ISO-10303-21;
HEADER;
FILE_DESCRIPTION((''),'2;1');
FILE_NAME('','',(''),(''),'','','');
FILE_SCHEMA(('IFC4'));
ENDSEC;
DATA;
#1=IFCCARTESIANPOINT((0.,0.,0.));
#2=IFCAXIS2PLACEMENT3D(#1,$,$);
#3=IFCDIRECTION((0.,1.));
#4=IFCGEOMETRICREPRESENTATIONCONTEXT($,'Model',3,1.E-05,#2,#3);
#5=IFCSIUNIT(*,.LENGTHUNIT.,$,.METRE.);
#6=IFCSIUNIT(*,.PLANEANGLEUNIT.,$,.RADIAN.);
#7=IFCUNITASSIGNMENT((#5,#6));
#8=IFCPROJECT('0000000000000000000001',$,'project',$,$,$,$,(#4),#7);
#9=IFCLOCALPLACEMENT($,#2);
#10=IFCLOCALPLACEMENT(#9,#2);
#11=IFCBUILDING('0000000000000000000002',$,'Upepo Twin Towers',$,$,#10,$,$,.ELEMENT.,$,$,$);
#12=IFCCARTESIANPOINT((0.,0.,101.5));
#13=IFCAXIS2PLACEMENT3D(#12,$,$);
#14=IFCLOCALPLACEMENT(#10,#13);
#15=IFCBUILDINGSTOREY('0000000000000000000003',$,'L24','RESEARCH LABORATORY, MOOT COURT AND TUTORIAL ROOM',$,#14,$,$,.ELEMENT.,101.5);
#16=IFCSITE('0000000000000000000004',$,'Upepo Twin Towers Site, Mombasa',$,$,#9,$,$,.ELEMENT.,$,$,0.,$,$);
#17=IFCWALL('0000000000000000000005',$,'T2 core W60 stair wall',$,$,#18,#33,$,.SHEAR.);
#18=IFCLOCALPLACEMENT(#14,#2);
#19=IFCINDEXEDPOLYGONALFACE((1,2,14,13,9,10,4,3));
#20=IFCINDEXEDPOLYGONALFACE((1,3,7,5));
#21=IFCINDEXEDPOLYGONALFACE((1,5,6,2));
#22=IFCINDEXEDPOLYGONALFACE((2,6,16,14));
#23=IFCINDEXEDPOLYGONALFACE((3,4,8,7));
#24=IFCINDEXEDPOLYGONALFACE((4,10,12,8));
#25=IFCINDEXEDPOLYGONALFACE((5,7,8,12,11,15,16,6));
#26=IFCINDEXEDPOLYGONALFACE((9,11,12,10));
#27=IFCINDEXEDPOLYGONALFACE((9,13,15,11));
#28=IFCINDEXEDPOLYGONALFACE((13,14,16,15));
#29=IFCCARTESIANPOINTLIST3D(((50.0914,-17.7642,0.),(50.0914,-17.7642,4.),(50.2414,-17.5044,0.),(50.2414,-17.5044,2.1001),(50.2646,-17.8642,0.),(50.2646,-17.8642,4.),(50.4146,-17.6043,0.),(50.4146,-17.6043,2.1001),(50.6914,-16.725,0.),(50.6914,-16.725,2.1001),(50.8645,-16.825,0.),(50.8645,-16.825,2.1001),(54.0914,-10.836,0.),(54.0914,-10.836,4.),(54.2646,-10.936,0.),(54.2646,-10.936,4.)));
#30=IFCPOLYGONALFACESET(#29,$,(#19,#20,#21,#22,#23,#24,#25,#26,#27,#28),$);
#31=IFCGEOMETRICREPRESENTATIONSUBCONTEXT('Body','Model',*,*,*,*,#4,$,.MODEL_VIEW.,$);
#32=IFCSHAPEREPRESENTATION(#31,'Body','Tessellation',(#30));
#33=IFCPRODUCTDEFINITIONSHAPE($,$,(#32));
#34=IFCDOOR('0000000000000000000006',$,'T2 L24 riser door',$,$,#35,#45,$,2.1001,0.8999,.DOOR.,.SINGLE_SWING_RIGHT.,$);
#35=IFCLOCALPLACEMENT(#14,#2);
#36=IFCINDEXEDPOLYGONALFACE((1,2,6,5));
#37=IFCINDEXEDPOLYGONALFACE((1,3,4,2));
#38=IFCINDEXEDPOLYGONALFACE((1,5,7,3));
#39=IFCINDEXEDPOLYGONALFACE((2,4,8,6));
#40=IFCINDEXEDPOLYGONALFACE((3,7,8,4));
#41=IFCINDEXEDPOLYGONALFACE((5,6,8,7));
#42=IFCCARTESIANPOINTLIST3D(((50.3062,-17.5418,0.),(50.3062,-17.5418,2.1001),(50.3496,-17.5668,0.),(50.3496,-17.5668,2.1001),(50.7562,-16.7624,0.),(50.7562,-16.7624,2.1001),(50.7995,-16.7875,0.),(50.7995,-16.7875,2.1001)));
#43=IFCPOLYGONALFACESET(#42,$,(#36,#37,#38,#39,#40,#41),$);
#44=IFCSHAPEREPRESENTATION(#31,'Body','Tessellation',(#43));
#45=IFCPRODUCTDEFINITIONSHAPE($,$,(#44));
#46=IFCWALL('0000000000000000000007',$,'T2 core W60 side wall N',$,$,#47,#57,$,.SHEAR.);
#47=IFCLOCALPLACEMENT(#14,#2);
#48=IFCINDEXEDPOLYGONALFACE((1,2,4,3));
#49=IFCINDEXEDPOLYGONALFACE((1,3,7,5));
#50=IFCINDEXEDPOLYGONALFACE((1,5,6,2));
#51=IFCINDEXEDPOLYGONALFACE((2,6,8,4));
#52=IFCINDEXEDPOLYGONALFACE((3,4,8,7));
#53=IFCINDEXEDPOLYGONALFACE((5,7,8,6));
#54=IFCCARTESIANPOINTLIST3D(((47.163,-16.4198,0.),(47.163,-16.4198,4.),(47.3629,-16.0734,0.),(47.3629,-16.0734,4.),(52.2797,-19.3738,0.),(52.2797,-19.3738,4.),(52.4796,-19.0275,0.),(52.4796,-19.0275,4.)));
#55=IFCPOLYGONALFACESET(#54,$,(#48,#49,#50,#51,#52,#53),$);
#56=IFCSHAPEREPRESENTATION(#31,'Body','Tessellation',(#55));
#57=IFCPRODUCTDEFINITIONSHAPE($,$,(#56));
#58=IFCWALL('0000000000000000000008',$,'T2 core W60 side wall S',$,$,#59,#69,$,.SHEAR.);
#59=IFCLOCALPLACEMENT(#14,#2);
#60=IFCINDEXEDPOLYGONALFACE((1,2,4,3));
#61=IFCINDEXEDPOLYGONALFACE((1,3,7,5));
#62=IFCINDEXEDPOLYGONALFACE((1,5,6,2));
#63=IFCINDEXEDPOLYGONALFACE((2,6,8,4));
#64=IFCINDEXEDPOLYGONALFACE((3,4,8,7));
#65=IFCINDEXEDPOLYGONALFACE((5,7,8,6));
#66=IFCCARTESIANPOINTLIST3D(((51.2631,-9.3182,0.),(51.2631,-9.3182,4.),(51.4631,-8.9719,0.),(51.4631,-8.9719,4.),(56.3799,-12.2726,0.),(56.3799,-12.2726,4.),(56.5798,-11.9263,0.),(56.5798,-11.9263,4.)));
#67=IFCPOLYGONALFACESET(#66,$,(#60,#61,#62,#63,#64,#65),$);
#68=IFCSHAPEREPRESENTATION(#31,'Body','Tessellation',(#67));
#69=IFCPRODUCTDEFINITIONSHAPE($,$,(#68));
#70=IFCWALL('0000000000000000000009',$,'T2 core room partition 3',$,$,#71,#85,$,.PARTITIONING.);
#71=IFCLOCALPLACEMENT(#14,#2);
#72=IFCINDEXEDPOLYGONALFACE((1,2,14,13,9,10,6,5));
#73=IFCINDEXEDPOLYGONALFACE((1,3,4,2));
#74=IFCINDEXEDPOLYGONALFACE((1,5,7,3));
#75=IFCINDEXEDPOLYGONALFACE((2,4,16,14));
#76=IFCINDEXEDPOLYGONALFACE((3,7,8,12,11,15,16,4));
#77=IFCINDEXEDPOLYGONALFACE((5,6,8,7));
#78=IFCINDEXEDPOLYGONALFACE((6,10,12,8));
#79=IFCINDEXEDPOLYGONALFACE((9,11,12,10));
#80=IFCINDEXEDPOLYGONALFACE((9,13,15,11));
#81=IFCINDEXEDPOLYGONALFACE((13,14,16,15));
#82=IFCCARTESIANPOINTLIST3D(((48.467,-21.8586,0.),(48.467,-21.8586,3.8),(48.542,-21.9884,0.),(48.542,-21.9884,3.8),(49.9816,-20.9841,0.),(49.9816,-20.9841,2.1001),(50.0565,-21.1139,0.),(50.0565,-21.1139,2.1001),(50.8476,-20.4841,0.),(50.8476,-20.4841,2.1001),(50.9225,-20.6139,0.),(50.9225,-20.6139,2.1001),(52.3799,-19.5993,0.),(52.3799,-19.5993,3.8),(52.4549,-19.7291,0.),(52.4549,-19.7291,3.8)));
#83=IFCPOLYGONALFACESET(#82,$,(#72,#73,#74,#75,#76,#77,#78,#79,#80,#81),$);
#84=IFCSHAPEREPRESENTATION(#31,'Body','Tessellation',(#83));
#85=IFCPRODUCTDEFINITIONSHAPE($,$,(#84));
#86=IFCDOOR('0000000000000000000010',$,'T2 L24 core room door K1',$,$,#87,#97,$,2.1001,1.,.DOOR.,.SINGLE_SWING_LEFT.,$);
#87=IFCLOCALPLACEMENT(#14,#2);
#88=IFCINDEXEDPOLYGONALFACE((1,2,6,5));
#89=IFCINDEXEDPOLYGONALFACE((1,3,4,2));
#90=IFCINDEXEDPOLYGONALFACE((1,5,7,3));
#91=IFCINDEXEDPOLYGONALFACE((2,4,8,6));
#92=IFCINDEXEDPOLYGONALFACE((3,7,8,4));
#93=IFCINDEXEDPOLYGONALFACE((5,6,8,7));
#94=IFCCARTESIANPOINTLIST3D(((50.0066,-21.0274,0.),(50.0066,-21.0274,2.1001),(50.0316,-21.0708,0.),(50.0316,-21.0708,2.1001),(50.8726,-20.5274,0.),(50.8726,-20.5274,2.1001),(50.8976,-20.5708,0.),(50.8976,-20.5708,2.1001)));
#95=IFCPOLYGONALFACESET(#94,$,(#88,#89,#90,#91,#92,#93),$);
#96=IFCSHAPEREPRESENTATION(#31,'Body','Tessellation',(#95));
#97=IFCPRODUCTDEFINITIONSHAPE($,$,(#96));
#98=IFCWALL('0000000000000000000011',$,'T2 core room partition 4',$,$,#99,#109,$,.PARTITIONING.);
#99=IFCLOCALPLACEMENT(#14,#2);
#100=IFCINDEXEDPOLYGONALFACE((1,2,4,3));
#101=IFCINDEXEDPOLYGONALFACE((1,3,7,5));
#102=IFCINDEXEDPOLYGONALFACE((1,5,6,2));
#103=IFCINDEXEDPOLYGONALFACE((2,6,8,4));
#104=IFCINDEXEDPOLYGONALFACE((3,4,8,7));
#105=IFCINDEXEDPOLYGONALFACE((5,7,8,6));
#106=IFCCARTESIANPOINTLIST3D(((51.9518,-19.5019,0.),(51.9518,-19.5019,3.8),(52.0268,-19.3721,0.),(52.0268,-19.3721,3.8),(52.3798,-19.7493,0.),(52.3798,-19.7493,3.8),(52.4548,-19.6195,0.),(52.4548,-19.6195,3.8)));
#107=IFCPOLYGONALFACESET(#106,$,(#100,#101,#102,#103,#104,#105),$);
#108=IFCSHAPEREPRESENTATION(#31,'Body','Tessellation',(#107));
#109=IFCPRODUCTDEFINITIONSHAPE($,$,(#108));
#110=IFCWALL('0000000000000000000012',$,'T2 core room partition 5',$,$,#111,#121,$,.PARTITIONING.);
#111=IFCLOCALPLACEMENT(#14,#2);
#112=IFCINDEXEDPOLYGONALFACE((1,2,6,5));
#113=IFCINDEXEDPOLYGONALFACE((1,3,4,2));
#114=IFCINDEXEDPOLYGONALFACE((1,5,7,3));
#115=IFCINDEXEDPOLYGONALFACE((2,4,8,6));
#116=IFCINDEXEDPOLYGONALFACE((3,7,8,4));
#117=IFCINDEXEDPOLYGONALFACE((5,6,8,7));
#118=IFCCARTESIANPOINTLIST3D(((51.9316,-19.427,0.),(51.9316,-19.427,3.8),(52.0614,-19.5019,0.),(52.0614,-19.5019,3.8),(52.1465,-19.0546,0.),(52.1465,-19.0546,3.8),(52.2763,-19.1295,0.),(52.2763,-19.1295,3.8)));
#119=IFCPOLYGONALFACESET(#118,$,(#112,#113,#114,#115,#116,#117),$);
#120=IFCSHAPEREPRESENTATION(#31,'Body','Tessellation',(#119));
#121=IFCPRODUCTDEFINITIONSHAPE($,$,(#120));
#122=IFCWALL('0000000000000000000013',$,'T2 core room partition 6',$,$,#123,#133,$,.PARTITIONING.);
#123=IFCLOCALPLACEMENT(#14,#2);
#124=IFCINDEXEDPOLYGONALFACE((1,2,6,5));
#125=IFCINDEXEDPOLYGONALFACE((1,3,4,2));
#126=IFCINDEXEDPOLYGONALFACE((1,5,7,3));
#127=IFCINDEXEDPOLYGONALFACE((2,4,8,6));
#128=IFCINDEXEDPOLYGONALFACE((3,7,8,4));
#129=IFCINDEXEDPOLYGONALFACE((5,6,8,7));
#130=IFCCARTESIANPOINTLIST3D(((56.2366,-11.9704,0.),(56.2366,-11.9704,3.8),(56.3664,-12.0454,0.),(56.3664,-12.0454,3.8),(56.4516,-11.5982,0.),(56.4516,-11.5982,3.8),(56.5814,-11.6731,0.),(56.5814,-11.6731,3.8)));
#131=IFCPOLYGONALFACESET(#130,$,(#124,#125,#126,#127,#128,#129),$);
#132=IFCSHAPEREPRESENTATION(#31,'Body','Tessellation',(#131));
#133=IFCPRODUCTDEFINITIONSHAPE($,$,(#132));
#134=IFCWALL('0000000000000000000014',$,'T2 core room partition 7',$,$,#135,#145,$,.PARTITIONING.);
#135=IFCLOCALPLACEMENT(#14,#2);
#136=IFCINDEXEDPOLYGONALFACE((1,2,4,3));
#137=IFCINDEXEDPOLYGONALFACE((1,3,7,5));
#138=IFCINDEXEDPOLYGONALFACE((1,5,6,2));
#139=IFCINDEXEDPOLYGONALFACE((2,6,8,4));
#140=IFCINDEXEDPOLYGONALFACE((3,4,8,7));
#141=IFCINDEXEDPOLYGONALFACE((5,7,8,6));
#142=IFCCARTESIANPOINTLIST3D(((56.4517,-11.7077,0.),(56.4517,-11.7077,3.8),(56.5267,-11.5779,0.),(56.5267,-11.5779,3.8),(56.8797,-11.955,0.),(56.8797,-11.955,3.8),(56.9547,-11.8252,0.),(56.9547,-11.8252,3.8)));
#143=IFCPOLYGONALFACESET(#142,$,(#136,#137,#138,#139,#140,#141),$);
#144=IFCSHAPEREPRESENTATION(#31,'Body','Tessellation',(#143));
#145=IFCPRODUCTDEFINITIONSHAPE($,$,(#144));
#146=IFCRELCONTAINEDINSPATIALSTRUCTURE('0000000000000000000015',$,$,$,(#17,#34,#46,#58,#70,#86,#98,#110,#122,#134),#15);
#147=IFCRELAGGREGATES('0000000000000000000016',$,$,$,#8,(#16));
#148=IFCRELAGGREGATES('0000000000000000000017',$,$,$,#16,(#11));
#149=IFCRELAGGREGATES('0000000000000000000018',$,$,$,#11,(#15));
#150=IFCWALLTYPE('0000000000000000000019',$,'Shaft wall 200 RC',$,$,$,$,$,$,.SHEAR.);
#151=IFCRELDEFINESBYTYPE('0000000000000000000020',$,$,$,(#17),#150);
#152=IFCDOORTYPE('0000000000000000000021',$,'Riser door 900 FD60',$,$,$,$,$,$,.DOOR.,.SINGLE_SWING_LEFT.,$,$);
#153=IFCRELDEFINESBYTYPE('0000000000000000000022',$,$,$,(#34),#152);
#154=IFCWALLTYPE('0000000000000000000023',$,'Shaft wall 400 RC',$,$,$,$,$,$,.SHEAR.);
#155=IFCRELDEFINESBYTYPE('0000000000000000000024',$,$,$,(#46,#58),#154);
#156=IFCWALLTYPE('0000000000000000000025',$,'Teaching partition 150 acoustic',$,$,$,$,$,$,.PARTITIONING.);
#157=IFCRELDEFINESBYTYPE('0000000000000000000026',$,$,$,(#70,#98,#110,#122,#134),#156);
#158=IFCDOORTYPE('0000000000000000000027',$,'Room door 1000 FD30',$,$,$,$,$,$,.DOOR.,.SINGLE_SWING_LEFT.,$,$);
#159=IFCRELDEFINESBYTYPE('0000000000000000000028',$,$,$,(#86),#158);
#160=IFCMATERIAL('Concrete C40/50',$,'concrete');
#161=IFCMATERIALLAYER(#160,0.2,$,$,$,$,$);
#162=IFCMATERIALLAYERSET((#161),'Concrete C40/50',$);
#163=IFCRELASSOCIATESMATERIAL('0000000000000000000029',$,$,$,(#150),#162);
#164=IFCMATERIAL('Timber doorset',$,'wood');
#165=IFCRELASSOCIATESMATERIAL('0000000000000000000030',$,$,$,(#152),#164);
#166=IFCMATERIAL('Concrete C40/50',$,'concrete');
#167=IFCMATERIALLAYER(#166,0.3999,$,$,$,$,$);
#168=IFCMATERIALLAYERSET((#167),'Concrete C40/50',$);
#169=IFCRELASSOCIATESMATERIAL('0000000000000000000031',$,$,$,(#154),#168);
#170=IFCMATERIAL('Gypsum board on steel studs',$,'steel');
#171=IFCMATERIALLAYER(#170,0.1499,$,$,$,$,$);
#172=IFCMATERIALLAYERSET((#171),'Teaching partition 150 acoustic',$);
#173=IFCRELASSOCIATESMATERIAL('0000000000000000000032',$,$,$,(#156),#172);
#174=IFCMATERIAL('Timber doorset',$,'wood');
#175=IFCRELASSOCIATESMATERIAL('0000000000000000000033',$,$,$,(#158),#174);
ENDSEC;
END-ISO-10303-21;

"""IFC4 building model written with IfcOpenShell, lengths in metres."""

from ifc_helpers import new_model, si_unit, direction, frame, frame_2d, origin, place, context, subcontext, project, spatial, rectangle, extrude, material, layer, layer_set, type_object, element, fill, save


model = new_model("IFC4")

# Units and contexts
model_context = context("Model", 3, precision=1e-05, world=origin(), true_north=direction((0.0, 1.0)))
body_context = subcontext(model_context, "Body", "Model", "MODEL_VIEW")
ifc_project = project(units=[si_unit("LENGTHUNIT", "METRE"), si_unit("PLANEANGLEUNIT", "RADIAN")], contexts=[model_context])

# Site, building, storey
site_placement = place(None, origin())
site = spatial("IfcSite", under=ifc_project, at=site_placement, Name="Upepo Twin Towers Site, Mombasa", CompositionType="ELEMENT", RefElevation=0.0)
building_placement = place(site_placement, origin())
building = spatial("IfcBuilding", under=site, at=building_placement, Name="Upepo Twin Towers", CompositionType="ELEMENT")
storey_placement = place(building_placement, frame((0.0, 0.0, 101.5)))
storey = spatial("IfcBuildingStorey", under=building, at=storey_placement, Name="L24", Description="RESEARCH LABORATORY, MOOT COURT AND TUTORIAL ROOM", CompositionType="ELEMENT", Elevation=101.5)

# Shared definitions
ifc_material_1 = material(Name="Concrete C40/50", Category="concrete")
ifc_layer_1 = layer(ifc_material_1, 0.2)
ifc_layer_set_1 = layer_set([ifc_layer_1], Name="Concrete C40/50")
wall_type_1 = type_object("IfcWallType", Name="Shaft wall 200 RC", PredefinedType="SHEAR", material=ifc_layer_set_1)

# Wall, opening, door
wall_1_placement = place(storey_placement, frame((54.178, -10.886, 0.0), z_axis=(0.0, 0.0, 1.0), x_axis=(-0.499999, -0.866026, 0.0)))
wall_1 = element("IfcWall", 1, at=wall_1_placement, inside=storey, type_object=wall_type_1, Name="T2 core W60 stair wall", PredefinedType="SHEAR", context=body_context, shape_type="SweptSolid", body=[
    extrude(rectangle(XDim=8.0, YDim=0.2, at=frame_2d((4.0, 0.0))), origin(), (0.0, 0.0, 1.0), 4.0),
])
opening_1_placement = place(wall_1_placement, frame((6.8, 0.0, 0.0)))
opening_1 = element("IfcOpeningElement", 2, at=opening_1_placement, cuts=wall_1, PredefinedType="OPENING", context=body_context, shape_type="SweptSolid", body=[
    extrude(rectangle(XDim=0.8999, YDim=2.1001, at=frame_2d((0.45, 1.05))), frame((0.0, 0.1099, 0.0), z_axis=(0.0, -1.0, 0.0), x_axis=(1.0, 0.0, 0.0)), (0.0, 0.0, 1.0), 0.22),
])
ifc_material_2 = material(Name="Timber doorset", Category="wood")
door_type_1 = type_object("IfcDoorType", Name="Riser door 900 FD60", OperationType="SINGLE_SWING_LEFT", PredefinedType="DOOR", material=ifc_material_2)
door_1_placement = place(opening_1_placement, origin())
door_1 = element("IfcDoor", 3, at=door_1_placement, inside=storey, type_object=door_type_1, Name="T2 L24 riser door", OperationType="SINGLE_SWING_RIGHT", OverallHeight=2.1001, OverallWidth=0.8999, PredefinedType="DOOR", context=body_context, shape_type="SweptSolid", body=[
    extrude(rectangle(XDim=0.8999, YDim=2.1001, at=frame_2d((0.45, 1.05))), frame((0.0, 0.0249, 0.0), z_axis=(0.0, -1.0, 0.0), x_axis=(1.0, 0.0, 0.0)), (0.0, 0.0, 1.0), 0.05),
])
fill(opening_1, door_1)

# Walls
ifc_material_3 = material(Name="Concrete C40/50", Category="concrete")
ifc_layer_2 = layer(ifc_material_3, 0.3999)
ifc_layer_set_2 = layer_set([ifc_layer_2], Name="Concrete C40/50")
wall_type_2 = type_object("IfcWallType", Name="Shaft wall 400 RC", PredefinedType="SHEAR", material=ifc_layer_set_2)
wall_2_placement = place(storey_placement, frame((52.3796, -19.2007, 0.0), z_axis=(0.0, 0.0, 1.0), x_axis=(-0.866027, 0.499997, 0.0)))
element("IfcWall", 4, at=wall_2_placement, inside=storey, type_object=wall_type_2, Name="T2 core W60 side wall N", PredefinedType="SHEAR", context=body_context, shape_type="SweptSolid", body=[
    extrude(rectangle(XDim=5.9082, YDim=0.3999, at=frame_2d((2.9541, 0.0))), origin(), (0.0, 0.0, 1.0), 4.0),
])
wall_3_placement = place(storey_placement, frame((56.4797, -12.0994, 0.0), z_axis=(0.0, 0.0, 1.0), x_axis=(-0.866009, 0.500028, 0.0)))
element("IfcWall", 5, at=wall_3_placement, inside=storey, type_object=wall_type_2, Name="T2 core W60 side wall S", PredefinedType="SHEAR", context=body_context, shape_type="SweptSolid", body=[
    extrude(rectangle(XDim=5.9084, YDim=0.3999, at=frame_2d((2.9541, 0.0))), origin(), (0.0, 0.0, 1.0), 4.0),
])

# Wall, opening, door
ifc_material_4 = material(Name="Gypsum board on steel studs", Category="steel")
ifc_layer_3 = layer(ifc_material_4, 0.1499)
ifc_layer_set_3 = layer_set([ifc_layer_3], Name="Teaching partition 150 acoustic")
wall_type_3 = type_object("IfcWallType", Name="Teaching partition 150 acoustic", PredefinedType="PARTITIONING", material=ifc_layer_set_3)
wall_4_placement = place(storey_placement, frame((48.5044, -21.9236, 0.0), z_axis=(0.0, 0.0, 1.0), x_axis=(0.866007, 0.500033, 0.0)))
wall_4 = element("IfcWall", 6, at=wall_4_placement, inside=storey, type_object=wall_type_3, Name="T2 core room partition 3", PredefinedType="PARTITIONING", context=body_context, shape_type="SweptSolid", body=[
    extrude(rectangle(XDim=4.5183, YDim=0.1499, at=frame_2d((2.2593, 0.0))), origin(), (0.0, 0.0, 1.0), 3.8),
])
opening_2_placement = place(wall_4_placement, frame((1.749, 0.0, 0.0)))
opening_2 = element("IfcOpeningElement", 7, at=opening_2_placement, cuts=wall_4, PredefinedType="OPENING", context=body_context, shape_type="SweptSolid", body=[
    extrude(rectangle(XDim=1.0, YDim=2.1001, at=frame_2d((0.5, 1.05))), frame((0.0, 0.085, 0.0), z_axis=(0.0, -1.0, 0.0), x_axis=(1.0, 0.0, 0.0)), (0.0, 0.0, 1.0), 0.1699),
])
ifc_material_5 = material(Name="Timber doorset", Category="wood")
door_type_2 = type_object("IfcDoorType", Name="Room door 1000 FD30", OperationType="SINGLE_SWING_LEFT", PredefinedType="DOOR", material=ifc_material_5)
door_2_placement = place(opening_2_placement, origin())
door_2 = element("IfcDoor", 8, at=door_2_placement, inside=storey, type_object=door_type_2, Name="T2 L24 core room door K1", OperationType="SINGLE_SWING_LEFT", OverallHeight=2.1001, OverallWidth=1.0, PredefinedType="DOOR", context=body_context, shape_type="SweptSolid", body=[
    extrude(rectangle(XDim=1.0, YDim=2.1001, at=frame_2d((0.5, 1.05))), frame((0.0, 0.0249, 0.0), z_axis=(0.0, -1.0, 0.0), x_axis=(1.0, 0.0, 0.0)), (0.0, 0.0, 1.0), 0.05),
])
fill(opening_2, door_2)

# Walls
wall_5_placement = place(storey_placement, frame((52.4172, -19.6843, 0.0), z_axis=(0.0, 0.0, 1.0), x_axis=(-0.865832, 0.500335, 0.0)))
element("IfcWall", 9, at=wall_5_placement, inside=storey, type_object=wall_type_3, Name="T2 core room partition 4", PredefinedType="PARTITIONING", context=body_context, shape_type="SweptSolid", body=[
    extrude(rectangle(XDim=0.4944, YDim=0.1499, at=frame_2d((0.2471, 0.0))), origin(), (0.0, 0.0, 1.0), 3.8),
])
for number, where, z_axis, x_axis, name in (
    (10, (51.9966, -19.4644, 0.0), (0.0, 0.0, 1.0), (0.499804, 0.866138, 0.0), "T2 core room partition 5"),
    (11, (56.3015, -12.0078, 0.0), (0.0, 0.0, 1.0), (0.50023, 0.865892, 0.0), "T2 core room partition 6"),
):
    element("IfcWall", number, at=place(storey_placement, frame(where, z_axis=z_axis, x_axis=x_axis)), inside=storey, type_object=wall_type_3, Name=name, PredefinedType="PARTITIONING", context=body_context, shape_type="SweptSolid", body=[
        extrude(rectangle(XDim=0.4299, YDim=0.1499, at=frame_2d((0.2148, 0.0))), origin(), (0.0, 0.0, 1.0), 3.8),
    ])
wall_6_placement = place(storey_placement, frame((56.4893, -11.6428, 0.0), z_axis=(0.0, 0.0, 1.0), x_axis=(0.865832, -0.500335, 0.0)))
element("IfcWall", 12, at=wall_6_placement, inside=storey, type_object=wall_type_3, Name="T2 core room partition 7", PredefinedType="PARTITIONING", context=body_context, shape_type="SweptSolid", body=[
    extrude(rectangle(XDim=0.4944, YDim=0.1499, at=frame_2d((0.2471, 0.0))), origin(), (0.0, 0.0, 1.0), 3.8),
])

save(model, "model.ifc")
